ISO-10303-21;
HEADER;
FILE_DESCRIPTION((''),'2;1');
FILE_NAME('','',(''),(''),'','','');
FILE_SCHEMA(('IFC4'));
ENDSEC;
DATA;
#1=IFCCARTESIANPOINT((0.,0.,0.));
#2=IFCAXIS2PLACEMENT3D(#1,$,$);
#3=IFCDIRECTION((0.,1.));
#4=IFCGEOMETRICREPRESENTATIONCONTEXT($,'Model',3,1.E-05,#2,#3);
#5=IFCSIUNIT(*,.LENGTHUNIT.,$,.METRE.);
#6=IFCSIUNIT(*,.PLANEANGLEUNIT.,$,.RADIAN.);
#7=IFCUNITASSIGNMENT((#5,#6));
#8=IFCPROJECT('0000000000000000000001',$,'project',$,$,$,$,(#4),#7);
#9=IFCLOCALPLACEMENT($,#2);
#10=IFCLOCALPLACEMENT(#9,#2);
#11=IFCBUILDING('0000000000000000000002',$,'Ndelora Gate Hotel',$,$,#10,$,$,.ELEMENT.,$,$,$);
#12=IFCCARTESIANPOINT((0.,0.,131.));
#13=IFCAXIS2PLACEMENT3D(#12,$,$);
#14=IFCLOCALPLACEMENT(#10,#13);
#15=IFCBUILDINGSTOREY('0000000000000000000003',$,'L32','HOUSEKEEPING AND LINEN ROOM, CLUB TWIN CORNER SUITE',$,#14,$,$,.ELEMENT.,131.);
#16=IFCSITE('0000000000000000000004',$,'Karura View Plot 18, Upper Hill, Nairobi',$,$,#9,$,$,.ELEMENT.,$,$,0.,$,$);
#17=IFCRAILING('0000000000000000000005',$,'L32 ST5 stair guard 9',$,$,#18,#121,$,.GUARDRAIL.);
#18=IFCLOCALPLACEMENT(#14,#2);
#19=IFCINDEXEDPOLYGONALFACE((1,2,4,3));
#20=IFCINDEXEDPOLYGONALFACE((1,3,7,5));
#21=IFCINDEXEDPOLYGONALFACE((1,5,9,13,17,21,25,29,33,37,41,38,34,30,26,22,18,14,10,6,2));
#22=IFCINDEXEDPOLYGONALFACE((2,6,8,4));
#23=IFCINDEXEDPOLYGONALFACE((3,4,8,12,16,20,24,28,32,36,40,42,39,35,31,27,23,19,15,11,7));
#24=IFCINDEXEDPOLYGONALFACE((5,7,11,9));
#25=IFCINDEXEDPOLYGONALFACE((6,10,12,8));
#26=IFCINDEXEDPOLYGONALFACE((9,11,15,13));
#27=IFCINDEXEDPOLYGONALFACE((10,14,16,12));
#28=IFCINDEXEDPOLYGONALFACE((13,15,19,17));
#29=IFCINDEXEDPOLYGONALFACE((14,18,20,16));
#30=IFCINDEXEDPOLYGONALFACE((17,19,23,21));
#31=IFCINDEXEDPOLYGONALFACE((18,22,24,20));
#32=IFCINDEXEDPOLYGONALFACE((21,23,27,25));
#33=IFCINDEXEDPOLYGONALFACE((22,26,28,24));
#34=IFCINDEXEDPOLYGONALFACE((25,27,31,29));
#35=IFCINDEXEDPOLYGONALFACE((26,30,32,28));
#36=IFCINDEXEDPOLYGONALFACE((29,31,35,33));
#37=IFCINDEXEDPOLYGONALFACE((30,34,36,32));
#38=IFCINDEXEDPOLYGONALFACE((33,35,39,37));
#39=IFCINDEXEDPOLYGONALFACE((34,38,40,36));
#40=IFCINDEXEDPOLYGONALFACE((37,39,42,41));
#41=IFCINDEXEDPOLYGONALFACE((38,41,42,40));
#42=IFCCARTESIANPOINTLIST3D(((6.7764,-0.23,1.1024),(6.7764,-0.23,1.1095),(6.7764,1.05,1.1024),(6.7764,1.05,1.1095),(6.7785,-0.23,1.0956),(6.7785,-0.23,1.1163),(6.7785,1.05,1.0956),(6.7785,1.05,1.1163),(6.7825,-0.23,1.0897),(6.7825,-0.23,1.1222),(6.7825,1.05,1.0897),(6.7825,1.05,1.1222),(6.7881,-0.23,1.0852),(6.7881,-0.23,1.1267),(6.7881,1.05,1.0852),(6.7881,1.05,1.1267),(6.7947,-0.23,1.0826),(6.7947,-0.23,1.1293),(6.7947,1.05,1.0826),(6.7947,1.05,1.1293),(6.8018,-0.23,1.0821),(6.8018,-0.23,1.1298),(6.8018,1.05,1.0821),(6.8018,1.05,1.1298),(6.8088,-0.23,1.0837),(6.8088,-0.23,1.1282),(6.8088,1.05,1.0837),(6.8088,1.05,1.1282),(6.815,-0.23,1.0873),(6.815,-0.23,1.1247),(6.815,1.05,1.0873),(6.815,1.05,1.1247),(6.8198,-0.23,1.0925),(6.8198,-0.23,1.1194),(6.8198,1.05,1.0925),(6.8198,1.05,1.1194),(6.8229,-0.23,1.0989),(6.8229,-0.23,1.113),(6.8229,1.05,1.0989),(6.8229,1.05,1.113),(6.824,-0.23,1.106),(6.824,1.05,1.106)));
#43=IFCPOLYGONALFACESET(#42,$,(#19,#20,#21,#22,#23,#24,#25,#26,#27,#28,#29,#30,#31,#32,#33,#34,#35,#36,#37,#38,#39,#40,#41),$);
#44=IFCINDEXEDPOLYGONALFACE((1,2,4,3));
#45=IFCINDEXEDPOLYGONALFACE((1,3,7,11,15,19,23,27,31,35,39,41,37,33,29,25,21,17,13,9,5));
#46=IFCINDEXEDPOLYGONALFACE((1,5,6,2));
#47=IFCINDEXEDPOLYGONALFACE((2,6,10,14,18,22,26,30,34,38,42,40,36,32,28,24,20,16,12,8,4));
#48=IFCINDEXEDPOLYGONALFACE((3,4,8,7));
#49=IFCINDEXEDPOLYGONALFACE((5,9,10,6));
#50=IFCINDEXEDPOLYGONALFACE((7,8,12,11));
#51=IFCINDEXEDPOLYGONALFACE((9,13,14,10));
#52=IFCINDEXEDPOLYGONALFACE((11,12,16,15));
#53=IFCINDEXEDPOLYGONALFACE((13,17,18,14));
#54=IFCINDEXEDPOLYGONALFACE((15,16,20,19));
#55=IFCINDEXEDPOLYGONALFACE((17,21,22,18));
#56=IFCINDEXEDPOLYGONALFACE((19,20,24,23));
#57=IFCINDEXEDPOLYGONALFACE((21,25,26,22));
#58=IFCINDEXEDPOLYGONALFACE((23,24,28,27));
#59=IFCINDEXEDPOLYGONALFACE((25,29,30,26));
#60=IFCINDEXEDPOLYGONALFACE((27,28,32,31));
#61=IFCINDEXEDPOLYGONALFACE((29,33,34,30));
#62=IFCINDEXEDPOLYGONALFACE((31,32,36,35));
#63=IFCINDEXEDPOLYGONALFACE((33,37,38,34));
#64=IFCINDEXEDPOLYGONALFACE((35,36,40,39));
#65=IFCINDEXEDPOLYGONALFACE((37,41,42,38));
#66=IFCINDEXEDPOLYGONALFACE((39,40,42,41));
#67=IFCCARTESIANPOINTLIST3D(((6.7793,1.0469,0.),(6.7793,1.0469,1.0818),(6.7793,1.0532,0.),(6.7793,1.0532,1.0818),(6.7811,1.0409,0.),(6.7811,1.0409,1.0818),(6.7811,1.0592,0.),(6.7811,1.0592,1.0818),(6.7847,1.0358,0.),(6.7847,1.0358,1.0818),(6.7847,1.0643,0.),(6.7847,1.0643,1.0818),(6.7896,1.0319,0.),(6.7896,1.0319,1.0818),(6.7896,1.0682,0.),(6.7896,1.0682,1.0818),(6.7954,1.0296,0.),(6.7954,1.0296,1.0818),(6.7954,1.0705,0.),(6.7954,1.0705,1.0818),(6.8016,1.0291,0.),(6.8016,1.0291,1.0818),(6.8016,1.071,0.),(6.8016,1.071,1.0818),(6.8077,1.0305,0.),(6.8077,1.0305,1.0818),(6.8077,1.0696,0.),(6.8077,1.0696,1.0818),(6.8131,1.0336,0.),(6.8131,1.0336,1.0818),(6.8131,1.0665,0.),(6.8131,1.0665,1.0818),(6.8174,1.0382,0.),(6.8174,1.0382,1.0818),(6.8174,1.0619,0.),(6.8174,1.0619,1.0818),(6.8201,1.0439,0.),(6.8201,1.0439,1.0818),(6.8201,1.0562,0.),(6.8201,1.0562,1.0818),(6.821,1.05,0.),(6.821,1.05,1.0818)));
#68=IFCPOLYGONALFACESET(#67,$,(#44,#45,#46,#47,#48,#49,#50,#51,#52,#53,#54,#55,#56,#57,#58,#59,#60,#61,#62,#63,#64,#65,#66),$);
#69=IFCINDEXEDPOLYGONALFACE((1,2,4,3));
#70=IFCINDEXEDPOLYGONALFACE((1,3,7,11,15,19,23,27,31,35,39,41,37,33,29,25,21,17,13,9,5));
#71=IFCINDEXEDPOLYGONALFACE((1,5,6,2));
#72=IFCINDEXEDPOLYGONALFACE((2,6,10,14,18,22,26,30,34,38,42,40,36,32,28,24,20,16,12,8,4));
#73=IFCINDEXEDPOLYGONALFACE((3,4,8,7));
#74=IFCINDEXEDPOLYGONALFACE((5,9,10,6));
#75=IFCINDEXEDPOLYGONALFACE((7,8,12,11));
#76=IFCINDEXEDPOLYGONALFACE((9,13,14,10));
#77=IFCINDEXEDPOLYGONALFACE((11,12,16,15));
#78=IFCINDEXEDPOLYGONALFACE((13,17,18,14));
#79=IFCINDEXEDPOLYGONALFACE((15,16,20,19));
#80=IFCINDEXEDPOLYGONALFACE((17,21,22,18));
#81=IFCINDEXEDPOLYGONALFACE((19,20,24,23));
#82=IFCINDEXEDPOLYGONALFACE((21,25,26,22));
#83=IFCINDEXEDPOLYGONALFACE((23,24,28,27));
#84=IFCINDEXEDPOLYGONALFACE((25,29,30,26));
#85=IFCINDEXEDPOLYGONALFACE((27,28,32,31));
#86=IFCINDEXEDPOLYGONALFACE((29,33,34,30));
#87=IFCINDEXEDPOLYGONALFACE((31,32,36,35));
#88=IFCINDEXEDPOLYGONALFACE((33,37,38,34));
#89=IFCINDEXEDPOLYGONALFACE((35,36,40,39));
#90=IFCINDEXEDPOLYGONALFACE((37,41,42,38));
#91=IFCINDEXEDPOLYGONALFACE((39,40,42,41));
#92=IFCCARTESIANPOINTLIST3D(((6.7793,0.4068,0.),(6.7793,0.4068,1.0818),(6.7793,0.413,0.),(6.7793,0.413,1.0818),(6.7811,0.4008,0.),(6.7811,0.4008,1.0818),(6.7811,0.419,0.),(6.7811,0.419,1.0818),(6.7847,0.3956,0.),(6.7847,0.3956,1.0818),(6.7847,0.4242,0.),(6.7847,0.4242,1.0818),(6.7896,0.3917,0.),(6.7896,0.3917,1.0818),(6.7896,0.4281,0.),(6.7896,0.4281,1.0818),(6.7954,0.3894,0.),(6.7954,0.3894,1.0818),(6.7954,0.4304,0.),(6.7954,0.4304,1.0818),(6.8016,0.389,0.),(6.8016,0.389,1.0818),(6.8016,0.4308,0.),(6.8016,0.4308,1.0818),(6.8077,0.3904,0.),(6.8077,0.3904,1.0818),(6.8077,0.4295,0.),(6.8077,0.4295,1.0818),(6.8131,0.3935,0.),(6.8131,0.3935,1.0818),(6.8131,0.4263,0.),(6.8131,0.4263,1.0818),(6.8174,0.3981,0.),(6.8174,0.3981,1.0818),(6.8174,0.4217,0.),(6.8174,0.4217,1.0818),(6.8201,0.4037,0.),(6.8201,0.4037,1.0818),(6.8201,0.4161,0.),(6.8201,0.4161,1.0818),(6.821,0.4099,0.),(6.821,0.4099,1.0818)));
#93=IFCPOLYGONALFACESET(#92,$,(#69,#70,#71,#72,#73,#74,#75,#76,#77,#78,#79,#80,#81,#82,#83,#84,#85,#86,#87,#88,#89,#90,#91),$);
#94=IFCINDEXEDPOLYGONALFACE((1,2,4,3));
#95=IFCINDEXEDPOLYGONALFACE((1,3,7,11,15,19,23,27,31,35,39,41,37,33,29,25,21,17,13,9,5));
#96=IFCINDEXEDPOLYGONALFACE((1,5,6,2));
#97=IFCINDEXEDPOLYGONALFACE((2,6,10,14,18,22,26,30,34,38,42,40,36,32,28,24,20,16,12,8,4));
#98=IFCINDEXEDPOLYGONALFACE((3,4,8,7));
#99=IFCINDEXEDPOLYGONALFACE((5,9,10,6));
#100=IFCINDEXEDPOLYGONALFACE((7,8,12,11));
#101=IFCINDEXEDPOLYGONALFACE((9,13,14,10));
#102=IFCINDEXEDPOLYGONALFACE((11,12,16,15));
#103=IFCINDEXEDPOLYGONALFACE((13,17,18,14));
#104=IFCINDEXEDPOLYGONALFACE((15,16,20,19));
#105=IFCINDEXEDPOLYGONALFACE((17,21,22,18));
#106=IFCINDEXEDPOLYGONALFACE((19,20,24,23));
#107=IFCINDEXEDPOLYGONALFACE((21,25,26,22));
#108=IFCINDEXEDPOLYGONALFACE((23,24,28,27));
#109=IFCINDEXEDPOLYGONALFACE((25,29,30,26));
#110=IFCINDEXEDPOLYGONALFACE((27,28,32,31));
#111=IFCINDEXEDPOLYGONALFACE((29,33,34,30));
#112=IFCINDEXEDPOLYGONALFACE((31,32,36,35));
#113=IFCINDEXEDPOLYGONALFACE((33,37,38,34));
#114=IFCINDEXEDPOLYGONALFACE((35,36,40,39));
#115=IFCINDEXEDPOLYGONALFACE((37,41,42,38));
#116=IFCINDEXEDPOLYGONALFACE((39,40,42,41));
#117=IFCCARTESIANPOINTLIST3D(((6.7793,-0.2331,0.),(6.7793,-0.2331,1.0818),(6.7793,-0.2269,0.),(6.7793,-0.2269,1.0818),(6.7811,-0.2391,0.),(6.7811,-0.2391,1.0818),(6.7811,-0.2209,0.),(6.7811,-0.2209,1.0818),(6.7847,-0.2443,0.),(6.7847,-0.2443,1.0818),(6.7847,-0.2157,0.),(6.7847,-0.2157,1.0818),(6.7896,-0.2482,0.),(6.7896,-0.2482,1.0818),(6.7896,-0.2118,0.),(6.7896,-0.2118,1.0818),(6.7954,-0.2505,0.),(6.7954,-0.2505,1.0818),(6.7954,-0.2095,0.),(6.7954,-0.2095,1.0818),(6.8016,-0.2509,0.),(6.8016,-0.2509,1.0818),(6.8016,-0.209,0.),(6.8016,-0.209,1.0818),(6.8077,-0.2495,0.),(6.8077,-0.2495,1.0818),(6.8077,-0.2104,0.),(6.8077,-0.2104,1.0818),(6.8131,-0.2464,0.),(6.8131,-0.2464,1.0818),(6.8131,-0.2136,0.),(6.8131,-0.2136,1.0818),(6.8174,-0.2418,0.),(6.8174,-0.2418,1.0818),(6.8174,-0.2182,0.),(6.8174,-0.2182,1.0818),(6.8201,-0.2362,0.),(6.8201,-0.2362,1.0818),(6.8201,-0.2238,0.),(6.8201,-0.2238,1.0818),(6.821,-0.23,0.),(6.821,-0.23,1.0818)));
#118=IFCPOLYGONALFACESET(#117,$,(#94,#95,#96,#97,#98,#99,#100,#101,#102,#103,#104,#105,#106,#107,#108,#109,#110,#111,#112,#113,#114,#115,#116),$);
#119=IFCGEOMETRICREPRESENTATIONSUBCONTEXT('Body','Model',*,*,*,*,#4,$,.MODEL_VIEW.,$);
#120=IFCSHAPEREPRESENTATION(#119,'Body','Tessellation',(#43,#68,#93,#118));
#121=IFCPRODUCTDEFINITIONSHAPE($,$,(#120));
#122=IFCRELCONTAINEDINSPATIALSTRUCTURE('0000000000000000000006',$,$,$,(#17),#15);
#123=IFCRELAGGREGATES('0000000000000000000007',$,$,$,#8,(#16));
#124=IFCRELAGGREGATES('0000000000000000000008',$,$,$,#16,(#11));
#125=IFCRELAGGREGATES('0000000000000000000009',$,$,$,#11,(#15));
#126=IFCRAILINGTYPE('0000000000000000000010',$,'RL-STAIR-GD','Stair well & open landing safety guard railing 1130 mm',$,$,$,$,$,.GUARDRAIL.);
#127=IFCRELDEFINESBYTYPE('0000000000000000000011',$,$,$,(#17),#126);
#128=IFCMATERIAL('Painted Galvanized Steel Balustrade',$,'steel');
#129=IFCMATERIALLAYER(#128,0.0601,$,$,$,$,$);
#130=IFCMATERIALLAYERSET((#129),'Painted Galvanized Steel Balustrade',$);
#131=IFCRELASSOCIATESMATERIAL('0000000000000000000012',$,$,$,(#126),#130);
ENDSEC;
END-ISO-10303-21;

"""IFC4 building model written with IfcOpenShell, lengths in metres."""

from ifc_helpers import new_model, si_unit, direction, frame, origin, origin_2d, place, context, subcontext, project, spatial, circle, extrude, material, layer, layer_set, type_object, element, save


model = new_model("IFC4")

# Units and contexts
model_context = context("Model", 3, precision=1e-05, world=origin(), true_north=direction((0.0, 1.0)))
body_context = subcontext(model_context, "Body", "Model", "MODEL_VIEW")
ifc_project = project(units=[si_unit("LENGTHUNIT", "METRE"), si_unit("PLANEANGLEUNIT", "RADIAN")], contexts=[model_context])

# Site, building, storey
site_placement = place(None, origin())
site = spatial("IfcSite", under=ifc_project, at=site_placement, Name="Karura View Plot 18, Upper Hill, Nairobi", CompositionType="ELEMENT", RefElevation=0.0)
building_placement = place(site_placement, origin())
building = spatial("IfcBuilding", under=site, at=building_placement, Name="Ndelora Gate Hotel", CompositionType="ELEMENT")
storey_placement = place(building_placement, frame((0.0, 0.0, 131.0)))
storey = spatial("IfcBuildingStorey", under=building, at=storey_placement, Name="L32", Description="HOUSEKEEPING AND LINEN ROOM, CLUB TWIN CORNER SUITE", CompositionType="ELEMENT", Elevation=131.0)

# Railing
ifc_material_1 = material(Name="Painted Galvanized Steel Balustrade", Category="steel")
ifc_layer_1 = layer(ifc_material_1, 0.0601)
ifc_layer_set_1 = layer_set([ifc_layer_1], Name="Painted Galvanized Steel Balustrade")
railing_type = type_object("IfcRailingType", Name="RL-STAIR-GD", Description="Stair well & open landing safety guard railing 1130 mm", PredefinedType="GUARDRAIL", material=ifc_layer_set_1)
for number, where, name in (
    (1, (6.8, 1.05, 0.0), "L32 ST5 stair guard 9"),
):
    element("IfcRailing", number, at=place(storey_placement, frame(where)), inside=storey, type_object=railing_type, Name=name, PredefinedType="GUARDRAIL", context=body_context, shape_type="SweptSolid", body=[
        extrude(circle(Radius=0.0239, at=origin_2d()), frame((0.0, 0.0, 1.106), z_axis=(0.0, -1.0, 0.0), x_axis=(1.0, 0.0, 0.0)), (0.0, 0.0, 1.0), 1.28),
        extrude(circle(Radius=0.021, at=origin_2d()), origin(), (0.0, 0.0, 1.0), 1.0818),
        extrude(circle(Radius=0.021, at=origin_2d()), frame((0.0, -0.6401, 0.0)), (0.0, 0.0, 1.0), 1.0818),
        extrude(circle(Radius=0.021, at=origin_2d()), frame((0.0, -1.28, 0.0)), (0.0, 0.0, 1.0), 1.0818),
    ])

save(model, "model.ifc")
